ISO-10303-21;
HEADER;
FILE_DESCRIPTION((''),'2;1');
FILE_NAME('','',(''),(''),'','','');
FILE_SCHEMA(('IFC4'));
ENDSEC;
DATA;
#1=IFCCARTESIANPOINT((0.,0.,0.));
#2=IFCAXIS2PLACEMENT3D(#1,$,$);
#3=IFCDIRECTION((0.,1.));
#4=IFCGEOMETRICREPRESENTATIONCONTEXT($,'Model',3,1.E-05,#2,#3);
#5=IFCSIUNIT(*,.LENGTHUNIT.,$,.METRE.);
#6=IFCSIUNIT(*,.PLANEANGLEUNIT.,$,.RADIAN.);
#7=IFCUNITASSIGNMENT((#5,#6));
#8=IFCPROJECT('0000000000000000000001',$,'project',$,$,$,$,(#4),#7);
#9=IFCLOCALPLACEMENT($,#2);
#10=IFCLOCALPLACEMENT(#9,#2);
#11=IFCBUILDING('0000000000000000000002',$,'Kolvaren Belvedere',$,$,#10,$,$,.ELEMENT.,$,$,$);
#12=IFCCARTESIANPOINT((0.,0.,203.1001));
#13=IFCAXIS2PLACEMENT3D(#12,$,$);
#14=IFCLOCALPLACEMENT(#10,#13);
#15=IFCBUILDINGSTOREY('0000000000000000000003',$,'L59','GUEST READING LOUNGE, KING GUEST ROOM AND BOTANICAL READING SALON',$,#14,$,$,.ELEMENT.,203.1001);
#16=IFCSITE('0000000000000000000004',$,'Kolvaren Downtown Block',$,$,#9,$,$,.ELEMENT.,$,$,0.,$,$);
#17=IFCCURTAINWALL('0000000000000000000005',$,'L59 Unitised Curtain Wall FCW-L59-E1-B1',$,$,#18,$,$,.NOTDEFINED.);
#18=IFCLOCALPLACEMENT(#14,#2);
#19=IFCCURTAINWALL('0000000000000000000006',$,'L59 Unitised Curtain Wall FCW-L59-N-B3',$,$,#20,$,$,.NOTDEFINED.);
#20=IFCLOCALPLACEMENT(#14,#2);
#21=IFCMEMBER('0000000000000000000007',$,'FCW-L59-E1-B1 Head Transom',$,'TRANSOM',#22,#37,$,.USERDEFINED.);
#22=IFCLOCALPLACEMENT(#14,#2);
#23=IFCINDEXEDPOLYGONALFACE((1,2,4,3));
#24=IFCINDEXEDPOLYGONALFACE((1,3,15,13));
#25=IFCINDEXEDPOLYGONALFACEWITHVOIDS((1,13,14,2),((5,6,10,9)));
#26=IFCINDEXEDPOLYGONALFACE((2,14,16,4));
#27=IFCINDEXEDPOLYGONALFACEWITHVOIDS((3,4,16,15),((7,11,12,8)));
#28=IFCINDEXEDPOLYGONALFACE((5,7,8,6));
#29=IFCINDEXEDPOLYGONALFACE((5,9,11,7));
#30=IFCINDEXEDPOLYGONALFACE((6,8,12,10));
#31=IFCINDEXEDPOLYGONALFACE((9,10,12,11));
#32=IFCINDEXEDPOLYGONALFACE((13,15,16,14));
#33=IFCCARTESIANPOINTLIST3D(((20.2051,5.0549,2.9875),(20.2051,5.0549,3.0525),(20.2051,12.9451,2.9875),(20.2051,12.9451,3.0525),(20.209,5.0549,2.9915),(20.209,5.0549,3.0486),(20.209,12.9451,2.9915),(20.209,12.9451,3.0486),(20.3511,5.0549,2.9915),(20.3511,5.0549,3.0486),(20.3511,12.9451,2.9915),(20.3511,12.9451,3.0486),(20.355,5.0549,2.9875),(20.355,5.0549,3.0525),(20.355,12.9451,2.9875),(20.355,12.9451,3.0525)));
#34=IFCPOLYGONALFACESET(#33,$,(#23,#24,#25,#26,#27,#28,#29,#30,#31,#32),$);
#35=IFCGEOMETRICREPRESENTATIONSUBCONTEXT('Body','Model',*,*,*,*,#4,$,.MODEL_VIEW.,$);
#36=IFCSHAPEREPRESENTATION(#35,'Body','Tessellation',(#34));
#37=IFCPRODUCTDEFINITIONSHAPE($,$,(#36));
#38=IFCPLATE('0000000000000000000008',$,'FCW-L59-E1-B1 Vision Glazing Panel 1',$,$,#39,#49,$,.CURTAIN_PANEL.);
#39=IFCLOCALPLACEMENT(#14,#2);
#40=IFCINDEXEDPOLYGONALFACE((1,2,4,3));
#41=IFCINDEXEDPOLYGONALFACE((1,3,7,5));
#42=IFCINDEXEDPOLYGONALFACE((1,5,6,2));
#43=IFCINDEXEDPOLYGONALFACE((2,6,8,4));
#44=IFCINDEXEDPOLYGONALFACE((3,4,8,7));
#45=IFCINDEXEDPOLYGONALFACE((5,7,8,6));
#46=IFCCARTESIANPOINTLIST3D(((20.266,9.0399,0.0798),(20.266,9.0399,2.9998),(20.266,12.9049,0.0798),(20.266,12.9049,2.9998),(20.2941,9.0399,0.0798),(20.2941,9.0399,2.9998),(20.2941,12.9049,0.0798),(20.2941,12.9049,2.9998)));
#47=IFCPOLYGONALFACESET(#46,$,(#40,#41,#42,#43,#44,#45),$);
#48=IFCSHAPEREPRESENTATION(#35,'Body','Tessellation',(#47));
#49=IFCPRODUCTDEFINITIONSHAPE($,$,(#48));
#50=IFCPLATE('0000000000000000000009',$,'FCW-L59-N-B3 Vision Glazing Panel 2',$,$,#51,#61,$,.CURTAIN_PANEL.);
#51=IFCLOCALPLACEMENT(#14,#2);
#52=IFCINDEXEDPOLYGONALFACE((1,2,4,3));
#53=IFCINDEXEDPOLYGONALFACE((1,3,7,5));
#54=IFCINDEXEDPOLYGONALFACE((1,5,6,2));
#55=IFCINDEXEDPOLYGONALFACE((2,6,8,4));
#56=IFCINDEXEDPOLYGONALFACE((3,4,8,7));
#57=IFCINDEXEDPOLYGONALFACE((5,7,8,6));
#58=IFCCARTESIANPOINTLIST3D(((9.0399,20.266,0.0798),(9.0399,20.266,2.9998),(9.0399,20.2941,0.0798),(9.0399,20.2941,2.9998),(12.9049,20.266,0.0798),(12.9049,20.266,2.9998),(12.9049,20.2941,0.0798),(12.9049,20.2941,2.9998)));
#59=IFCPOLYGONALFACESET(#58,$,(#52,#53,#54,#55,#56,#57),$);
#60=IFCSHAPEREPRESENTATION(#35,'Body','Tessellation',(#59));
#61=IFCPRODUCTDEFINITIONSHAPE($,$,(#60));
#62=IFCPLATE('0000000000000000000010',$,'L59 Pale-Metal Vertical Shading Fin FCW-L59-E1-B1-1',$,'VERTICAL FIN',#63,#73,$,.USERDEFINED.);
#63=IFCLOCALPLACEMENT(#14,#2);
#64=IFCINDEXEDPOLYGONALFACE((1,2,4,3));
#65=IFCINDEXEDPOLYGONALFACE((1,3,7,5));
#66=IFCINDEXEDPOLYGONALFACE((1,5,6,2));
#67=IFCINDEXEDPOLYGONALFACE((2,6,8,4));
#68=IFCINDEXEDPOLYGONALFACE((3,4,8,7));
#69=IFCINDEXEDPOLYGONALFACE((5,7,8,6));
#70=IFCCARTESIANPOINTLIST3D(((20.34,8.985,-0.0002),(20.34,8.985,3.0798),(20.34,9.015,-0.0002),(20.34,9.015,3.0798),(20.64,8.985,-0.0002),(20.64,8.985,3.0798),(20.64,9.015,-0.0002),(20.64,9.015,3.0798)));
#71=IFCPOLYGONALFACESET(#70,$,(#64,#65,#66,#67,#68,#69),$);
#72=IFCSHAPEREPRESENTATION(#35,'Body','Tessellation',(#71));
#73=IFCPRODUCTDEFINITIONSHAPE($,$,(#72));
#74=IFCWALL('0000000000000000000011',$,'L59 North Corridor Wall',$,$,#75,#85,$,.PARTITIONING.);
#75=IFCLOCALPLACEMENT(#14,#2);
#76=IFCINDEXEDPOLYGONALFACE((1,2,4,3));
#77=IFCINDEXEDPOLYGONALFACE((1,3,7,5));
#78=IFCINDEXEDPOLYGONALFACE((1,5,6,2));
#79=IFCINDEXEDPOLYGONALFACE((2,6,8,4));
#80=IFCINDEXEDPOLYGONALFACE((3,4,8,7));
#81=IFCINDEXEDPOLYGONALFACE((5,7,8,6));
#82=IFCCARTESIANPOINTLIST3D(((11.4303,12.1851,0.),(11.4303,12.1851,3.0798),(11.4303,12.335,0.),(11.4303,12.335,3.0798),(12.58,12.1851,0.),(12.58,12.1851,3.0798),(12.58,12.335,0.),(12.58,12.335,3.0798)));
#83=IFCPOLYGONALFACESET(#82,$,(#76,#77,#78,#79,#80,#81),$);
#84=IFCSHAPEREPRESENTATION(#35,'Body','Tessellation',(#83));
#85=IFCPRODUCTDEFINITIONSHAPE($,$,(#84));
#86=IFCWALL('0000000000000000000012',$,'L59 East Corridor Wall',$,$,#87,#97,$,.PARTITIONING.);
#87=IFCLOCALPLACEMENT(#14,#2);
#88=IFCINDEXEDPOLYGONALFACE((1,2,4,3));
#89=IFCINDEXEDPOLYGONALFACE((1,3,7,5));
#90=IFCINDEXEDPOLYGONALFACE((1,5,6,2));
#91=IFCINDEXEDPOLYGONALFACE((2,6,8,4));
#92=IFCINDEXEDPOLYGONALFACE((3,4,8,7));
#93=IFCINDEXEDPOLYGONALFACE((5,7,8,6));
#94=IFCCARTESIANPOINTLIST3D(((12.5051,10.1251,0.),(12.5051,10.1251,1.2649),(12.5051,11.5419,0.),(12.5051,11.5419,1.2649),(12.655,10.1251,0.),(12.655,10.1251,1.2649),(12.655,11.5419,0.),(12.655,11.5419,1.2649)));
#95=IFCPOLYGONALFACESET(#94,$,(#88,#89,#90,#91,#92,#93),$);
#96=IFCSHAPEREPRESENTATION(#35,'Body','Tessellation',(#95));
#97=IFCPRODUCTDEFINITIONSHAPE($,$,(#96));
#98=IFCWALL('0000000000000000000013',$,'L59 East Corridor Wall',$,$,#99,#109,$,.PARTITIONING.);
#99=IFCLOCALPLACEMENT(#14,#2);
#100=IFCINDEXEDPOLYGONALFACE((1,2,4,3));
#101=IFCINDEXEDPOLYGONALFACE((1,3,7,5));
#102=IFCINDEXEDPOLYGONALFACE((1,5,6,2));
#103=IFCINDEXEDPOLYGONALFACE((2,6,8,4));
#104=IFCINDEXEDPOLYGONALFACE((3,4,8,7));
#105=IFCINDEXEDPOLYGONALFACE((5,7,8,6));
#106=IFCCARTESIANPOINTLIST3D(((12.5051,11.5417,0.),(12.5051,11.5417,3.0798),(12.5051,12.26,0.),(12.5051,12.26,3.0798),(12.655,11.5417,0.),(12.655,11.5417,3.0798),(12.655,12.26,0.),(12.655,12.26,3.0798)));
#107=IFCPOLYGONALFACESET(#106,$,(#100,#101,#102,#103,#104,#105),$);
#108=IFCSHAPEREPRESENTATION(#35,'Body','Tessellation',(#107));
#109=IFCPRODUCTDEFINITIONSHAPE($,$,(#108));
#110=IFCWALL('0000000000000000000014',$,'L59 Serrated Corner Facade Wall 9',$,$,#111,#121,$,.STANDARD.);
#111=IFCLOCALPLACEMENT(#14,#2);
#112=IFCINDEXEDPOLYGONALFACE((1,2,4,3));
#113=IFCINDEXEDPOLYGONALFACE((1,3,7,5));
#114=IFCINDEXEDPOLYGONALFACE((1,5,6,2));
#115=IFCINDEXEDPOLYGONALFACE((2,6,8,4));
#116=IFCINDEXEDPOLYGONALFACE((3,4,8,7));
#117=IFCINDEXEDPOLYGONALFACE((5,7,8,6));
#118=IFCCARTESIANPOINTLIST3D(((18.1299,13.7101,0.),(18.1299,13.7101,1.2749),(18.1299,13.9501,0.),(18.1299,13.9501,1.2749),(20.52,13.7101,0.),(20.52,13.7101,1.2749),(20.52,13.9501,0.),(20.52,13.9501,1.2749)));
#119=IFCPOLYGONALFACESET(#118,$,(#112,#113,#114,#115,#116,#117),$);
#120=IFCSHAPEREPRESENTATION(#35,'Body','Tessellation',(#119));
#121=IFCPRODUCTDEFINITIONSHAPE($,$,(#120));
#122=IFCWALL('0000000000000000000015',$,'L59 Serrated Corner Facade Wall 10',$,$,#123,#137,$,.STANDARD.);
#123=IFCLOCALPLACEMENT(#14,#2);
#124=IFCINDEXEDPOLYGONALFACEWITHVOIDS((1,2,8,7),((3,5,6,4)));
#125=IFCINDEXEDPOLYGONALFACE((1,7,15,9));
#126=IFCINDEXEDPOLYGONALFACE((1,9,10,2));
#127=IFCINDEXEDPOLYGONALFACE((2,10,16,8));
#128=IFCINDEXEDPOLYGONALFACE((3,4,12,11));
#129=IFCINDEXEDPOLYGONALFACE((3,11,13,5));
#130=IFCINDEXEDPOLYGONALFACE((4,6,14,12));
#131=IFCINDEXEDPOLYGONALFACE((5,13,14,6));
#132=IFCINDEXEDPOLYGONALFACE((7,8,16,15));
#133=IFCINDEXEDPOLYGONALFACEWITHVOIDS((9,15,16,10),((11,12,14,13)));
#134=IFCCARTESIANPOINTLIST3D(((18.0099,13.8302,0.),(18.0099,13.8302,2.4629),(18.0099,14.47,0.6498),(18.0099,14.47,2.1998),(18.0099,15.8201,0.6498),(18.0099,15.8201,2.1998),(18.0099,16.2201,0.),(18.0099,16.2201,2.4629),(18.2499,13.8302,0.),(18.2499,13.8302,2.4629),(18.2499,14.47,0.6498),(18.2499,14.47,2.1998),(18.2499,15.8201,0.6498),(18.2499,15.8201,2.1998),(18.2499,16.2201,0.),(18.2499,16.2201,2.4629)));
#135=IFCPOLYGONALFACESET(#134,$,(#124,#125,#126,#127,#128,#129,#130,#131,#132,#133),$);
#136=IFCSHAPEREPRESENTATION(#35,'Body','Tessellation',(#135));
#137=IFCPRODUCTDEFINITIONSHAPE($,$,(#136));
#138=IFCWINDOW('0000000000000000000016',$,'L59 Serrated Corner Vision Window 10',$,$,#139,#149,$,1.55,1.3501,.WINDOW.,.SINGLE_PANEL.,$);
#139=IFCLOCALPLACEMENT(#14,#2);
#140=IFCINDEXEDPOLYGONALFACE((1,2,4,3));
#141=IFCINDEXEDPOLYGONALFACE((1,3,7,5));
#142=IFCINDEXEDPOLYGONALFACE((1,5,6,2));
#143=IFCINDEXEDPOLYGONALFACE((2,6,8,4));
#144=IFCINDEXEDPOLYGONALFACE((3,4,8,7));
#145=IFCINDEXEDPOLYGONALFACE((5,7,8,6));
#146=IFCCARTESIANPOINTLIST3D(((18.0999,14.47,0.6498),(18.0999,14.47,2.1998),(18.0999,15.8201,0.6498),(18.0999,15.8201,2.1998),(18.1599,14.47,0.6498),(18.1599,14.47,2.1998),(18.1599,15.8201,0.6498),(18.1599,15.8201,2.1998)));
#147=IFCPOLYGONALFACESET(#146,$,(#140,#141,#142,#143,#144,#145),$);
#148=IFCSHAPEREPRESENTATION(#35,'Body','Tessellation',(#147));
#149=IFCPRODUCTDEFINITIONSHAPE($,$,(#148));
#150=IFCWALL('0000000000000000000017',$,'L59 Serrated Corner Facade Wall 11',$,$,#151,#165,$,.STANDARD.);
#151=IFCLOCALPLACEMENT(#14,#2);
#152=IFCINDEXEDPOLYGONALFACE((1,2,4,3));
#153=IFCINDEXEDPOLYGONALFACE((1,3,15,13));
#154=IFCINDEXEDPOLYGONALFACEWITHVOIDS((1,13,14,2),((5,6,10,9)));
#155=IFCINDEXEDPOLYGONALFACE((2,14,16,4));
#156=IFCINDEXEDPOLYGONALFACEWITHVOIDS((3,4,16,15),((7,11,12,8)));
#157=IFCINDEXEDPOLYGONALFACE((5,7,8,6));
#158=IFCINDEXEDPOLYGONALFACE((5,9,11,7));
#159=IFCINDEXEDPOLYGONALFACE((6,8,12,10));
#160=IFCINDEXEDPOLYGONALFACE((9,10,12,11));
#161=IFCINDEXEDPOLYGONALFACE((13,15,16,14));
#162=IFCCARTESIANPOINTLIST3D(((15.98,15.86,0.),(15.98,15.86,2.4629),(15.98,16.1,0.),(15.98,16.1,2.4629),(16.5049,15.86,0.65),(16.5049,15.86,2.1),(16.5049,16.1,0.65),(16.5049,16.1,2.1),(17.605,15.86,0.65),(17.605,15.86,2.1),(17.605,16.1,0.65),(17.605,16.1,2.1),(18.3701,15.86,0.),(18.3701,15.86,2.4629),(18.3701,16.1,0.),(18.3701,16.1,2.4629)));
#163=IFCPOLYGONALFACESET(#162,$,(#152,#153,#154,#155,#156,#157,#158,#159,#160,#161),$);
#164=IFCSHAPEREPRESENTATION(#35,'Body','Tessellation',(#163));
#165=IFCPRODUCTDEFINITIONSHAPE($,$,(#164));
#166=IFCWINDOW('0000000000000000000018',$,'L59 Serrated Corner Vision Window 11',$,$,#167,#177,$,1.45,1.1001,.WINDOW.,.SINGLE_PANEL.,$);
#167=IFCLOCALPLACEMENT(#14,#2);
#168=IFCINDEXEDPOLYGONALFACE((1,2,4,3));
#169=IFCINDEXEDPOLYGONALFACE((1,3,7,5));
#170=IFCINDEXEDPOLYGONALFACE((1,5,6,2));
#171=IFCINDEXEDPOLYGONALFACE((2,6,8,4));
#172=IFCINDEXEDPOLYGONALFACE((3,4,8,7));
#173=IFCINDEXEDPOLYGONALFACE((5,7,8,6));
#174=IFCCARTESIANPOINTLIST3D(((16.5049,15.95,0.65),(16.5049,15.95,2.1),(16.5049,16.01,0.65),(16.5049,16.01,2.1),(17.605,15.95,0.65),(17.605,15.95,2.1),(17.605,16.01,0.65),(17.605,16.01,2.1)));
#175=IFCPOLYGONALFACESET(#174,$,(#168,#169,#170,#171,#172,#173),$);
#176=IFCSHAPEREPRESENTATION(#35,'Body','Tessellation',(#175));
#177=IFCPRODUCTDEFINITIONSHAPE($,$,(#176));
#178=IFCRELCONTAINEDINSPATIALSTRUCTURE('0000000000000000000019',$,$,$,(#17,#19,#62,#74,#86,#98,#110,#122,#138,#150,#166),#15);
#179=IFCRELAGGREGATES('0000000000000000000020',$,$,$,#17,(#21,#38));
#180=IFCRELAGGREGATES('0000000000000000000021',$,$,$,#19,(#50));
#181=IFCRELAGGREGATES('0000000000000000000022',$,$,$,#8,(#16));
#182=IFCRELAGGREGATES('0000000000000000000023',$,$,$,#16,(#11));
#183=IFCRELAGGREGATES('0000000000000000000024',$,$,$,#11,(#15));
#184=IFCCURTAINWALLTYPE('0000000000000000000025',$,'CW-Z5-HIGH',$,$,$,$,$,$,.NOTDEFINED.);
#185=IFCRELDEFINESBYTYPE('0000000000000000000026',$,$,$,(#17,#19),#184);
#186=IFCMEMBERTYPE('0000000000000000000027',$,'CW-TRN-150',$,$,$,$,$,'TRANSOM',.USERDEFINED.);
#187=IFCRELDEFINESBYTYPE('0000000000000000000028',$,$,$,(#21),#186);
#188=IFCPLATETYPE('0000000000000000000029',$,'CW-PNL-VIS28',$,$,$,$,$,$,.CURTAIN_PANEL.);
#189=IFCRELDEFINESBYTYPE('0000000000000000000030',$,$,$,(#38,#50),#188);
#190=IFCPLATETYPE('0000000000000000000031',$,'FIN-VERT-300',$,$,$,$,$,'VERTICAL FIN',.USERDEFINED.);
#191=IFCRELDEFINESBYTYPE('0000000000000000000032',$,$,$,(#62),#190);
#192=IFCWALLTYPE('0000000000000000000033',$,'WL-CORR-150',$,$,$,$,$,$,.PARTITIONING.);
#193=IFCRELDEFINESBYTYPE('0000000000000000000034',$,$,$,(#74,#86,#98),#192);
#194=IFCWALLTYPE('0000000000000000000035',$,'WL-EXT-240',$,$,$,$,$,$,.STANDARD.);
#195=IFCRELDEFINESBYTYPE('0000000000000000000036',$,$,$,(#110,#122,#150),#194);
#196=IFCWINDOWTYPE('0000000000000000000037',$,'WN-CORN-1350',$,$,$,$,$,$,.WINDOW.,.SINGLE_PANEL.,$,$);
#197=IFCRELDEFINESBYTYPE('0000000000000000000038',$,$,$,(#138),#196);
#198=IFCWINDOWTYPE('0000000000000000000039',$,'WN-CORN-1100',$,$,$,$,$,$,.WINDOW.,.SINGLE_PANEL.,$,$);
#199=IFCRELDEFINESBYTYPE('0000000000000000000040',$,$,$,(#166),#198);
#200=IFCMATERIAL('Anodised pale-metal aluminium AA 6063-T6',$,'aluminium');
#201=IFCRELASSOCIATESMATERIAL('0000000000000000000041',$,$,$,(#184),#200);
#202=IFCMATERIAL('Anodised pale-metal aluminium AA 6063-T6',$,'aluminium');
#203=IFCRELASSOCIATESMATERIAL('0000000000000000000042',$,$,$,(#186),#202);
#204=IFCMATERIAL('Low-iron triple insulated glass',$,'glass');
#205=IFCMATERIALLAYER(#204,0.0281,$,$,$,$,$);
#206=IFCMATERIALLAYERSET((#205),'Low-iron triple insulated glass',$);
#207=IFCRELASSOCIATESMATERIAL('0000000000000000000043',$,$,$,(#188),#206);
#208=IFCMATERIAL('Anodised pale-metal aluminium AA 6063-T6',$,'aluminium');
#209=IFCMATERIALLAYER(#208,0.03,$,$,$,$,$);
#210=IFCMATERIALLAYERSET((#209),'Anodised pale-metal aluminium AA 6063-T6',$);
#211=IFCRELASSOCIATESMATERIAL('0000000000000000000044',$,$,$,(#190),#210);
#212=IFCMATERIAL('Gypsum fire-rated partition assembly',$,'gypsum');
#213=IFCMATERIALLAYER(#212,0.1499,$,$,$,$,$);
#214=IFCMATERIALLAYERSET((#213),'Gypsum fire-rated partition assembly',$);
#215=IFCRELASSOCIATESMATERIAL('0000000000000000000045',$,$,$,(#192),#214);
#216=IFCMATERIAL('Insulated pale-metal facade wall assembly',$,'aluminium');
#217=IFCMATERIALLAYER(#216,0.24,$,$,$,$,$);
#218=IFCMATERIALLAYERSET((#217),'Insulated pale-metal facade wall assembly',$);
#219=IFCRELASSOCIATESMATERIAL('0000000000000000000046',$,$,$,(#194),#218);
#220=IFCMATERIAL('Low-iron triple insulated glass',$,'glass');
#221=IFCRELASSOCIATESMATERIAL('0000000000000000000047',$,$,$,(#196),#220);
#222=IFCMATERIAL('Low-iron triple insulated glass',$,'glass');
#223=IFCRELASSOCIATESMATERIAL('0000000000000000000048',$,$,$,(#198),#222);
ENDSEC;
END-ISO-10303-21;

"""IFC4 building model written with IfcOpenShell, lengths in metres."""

from ifc_helpers import new_model, si_unit, direction, frame, frame_2d, origin, origin_2d, place, context, subcontext, project, spatial, rectangle, hollow_rectangle, extrude, material, layer, layer_set, material_profile, profile_set, type_object, element, fill, aggregate, save


model = new_model("IFC4")

# Units and contexts
model_context = context("Model", 3, precision=1e-05, world=origin(), true_north=direction((0.0, 1.0)))
body_context = subcontext(model_context, "Body", "Model", "MODEL_VIEW")
ifc_project = project(units=[si_unit("LENGTHUNIT", "METRE"), si_unit("PLANEANGLEUNIT", "RADIAN")], contexts=[model_context])

# Site, building, storey
site_placement = place(None, origin())
site = spatial("IfcSite", under=ifc_project, at=site_placement, Name="Kolvaren Downtown Block", CompositionType="ELEMENT", RefElevation=0.0)
building_placement = place(site_placement, origin())
building = spatial("IfcBuilding", under=site, at=building_placement, Name="Kolvaren Belvedere", CompositionType="ELEMENT")
storey_placement = place(building_placement, frame((0.0, 0.0, 203.1001)))
storey = spatial("IfcBuildingStorey", under=building, at=storey_placement, Name="L59", Description="GUEST READING LOUNGE, KING GUEST ROOM AND BOTANICAL READING SALON", CompositionType="ELEMENT", Elevation=203.1001)

# Curtain wall
ifc_material_1 = material(Name="Anodised pale-metal aluminium AA 6063-T6", Category="aluminium")
curtain_wall_type = type_object("IfcCurtainWallType", Name="CW-Z5-HIGH", PredefinedType="NOTDEFINED", material=ifc_material_1)
curtain_wall_1_placement = place(storey_placement, origin())
curtain_wall_1 = element("IfcCurtainWall", 1, at=curtain_wall_1_placement, inside=storey, type_object=curtain_wall_type, Name="L59 Unitised Curtain Wall FCW-L59-E1-B1", PredefinedType="NOTDEFINED")

# Curtain wall
curtain_wall_2_placement = place(storey_placement, origin())
curtain_wall_2 = element("IfcCurtainWall", 2, at=curtain_wall_2_placement, inside=storey, type_object=curtain_wall_type, Name="L59 Unitised Curtain Wall FCW-L59-N-B3", PredefinedType="NOTDEFINED")

# Member
ifc_material_2 = material(Name="Anodised pale-metal aluminium AA 6063-T6", Category="aluminium")
ifc_material_profile_1 = material_profile(ifc_material_2, hollow_rectangle(XDim=0.0649, YDim=0.1499, WallThickness=0.0039, at=origin_2d()), Name="ALU-TRN-150X65")
ifc_profile_set_1 = profile_set([ifc_material_profile_1], Name="Anodised pale-metal aluminium AA 6063-T6")
member_type_1 = type_object("IfcMemberType", Name="CW-TRN-150", ElementType="TRANSOM", PredefinedType="USERDEFINED", material=ifc_profile_set_1)
member_1_placement = place(storey_placement, frame((20.28, 12.9451, 3.02), z_axis=(0.0, -1.0, 0.0), x_axis=(0.0, 0.0, 1.0)))
member_1 = element("IfcMember", 3, at=member_1_placement, type_object=member_type_1, Name="FCW-L59-E1-B1 Head Transom", ObjectType="TRANSOM", PredefinedType="USERDEFINED", context=body_context, shape_type="SweptSolid", body=[
    extrude(hollow_rectangle(XDim=0.0649, YDim=0.1499, WallThickness=0.0039, at=origin_2d()), origin(), (0.0, 0.0, 1.0), 7.8901),
])

# Plates
ifc_material_3 = material(Name="Low-iron triple insulated glass", Category="glass")
ifc_layer_1 = layer(ifc_material_3, 0.0281)
ifc_layer_set_1 = layer_set([ifc_layer_1], Name="Low-iron triple insulated glass")
plate_type_1 = type_object("IfcPlateType", Name="CW-PNL-VIS28", PredefinedType="CURTAIN_PANEL", material=ifc_layer_set_1)
plate_1_placement = place(storey_placement, frame((20.28, 10.9724, 0.0798), z_axis=(0.0, 0.0, 1.0), x_axis=(0.0, -1.0, 0.0)))
plate_1 = element("IfcPlate", 4, at=plate_1_placement, type_object=plate_type_1, Name="FCW-L59-E1-B1 Vision Glazing Panel 1", PredefinedType="CURTAIN_PANEL", context=body_context, shape_type="SweptSolid", body=[
    extrude(rectangle(XDim=3.865, YDim=0.0281, at=origin_2d()), origin(), (0.0, 0.0, 1.0), 2.9199),
])
aggregate(curtain_wall_1, [member_1, plate_1])
plate_2_placement = place(storey_placement, frame((10.9724, 20.28, 0.0798), z_axis=(0.0, 0.0, 1.0), x_axis=(1.0, 0.0, 0.0)))
plate_2 = element("IfcPlate", 5, at=plate_2_placement, type_object=plate_type_1, Name="FCW-L59-N-B3 Vision Glazing Panel 2", PredefinedType="CURTAIN_PANEL", context=body_context, shape_type="SweptSolid", body=[
    extrude(rectangle(XDim=3.865, YDim=0.0281, at=origin_2d()), origin(), (0.0, 0.0, 1.0), 2.9199),
])
aggregate(curtain_wall_2, [plate_2])
ifc_material_4 = material(Name="Anodised pale-metal aluminium AA 6063-T6", Category="aluminium")
ifc_layer_2 = layer(ifc_material_4, 0.03)
ifc_layer_set_2 = layer_set([ifc_layer_2], Name="Anodised pale-metal aluminium AA 6063-T6")
plate_type_2 = type_object("IfcPlateType", Name="FIN-VERT-300", ElementType="VERTICAL FIN", PredefinedType="USERDEFINED", material=ifc_layer_set_2)
plate_3_placement = place(storey_placement, frame((20.49, 9.0, -0.0002), z_axis=(0.0, 0.0, 1.0), x_axis=(1.0, 0.0, 0.0)))
element("IfcPlate", 6, at=plate_3_placement, inside=storey, type_object=plate_type_2, Name="L59 Pale-Metal Vertical Shading Fin FCW-L59-E1-B1-1", ObjectType="VERTICAL FIN", PredefinedType="USERDEFINED", context=body_context, shape_type="SweptSolid", body=[
    extrude(rectangle(XDim=0.3, YDim=0.03, at=origin_2d()), origin(), (0.0, 0.0, 1.0), 3.0801),
])

# Walls
ifc_material_5 = material(Name="Gypsum fire-rated partition assembly", Category="gypsum")
ifc_layer_3 = layer(ifc_material_5, 0.1499)
ifc_layer_set_3 = layer_set([ifc_layer_3], Name="Gypsum fire-rated partition assembly")
wall_type_1 = type_object("IfcWallType", Name="WL-CORR-150", PredefinedType="PARTITIONING", material=ifc_layer_set_3)
wall_1_placement = place(storey_placement, frame((11.4304, 12.26, 0.0), z_axis=(0.0, 0.0, 1.0), x_axis=(1.0, 0.0, 0.0)))
element("IfcWall", 7, at=wall_1_placement, inside=storey, type_object=wall_type_1, Name="L59 North Corridor Wall", PredefinedType="PARTITIONING", context=body_context, shape_type="SweptSolid", body=[
    extrude(rectangle(XDim=1.1497, YDim=0.1499, at=frame_2d((0.5747, 0.0))), origin(), (0.0, 0.0, 1.0), 3.0798),
])
wall_2_placement = place(storey_placement, frame((12.5801, 10.125, 0.0), z_axis=(0.0, 0.0, 1.0), x_axis=(0.0, 1.0, 0.0)))
element("IfcWall", 8, at=wall_2_placement, inside=storey, type_object=wall_type_1, Name="L59 East Corridor Wall", PredefinedType="PARTITIONING", context=body_context, shape_type="SweptSolid", body=[
    extrude(rectangle(XDim=1.4167, YDim=0.1499, at=frame_2d((0.7085, 0.0))), origin(), (0.0, 0.0, 1.0), 1.2649),
])
wall_3_placement = place(storey_placement, frame((12.5801, 11.5417, 0.0), z_axis=(0.0, 0.0, 1.0), x_axis=(0.0, 1.0, 0.0)))
element("IfcWall", 9, at=wall_3_placement, inside=storey, type_object=wall_type_1, Name="L59 East Corridor Wall", PredefinedType="PARTITIONING", context=body_context, shape_type="SweptSolid", body=[
    extrude(rectangle(XDim=0.7183, YDim=0.1499, at=frame_2d((0.3591, 0.0))), origin(), (0.0, 0.0, 1.0), 3.0798),
])
ifc_material_6 = material(Name="Insulated pale-metal facade wall assembly", Category="aluminium")
ifc_layer_4 = layer(ifc_material_6, 0.24)
ifc_layer_set_4 = layer_set([ifc_layer_4], Name="Insulated pale-metal facade wall assembly")
wall_type_2 = type_object("IfcWallType", Name="WL-EXT-240", PredefinedType="STANDARD", material=ifc_layer_set_4)
wall_4_placement = place(storey_placement, frame((18.1299, 13.8301, 0.0), z_axis=(0.0, 0.0, 1.0), x_axis=(1.0, 0.0, 0.0)))
element("IfcWall", 10, at=wall_4_placement, inside=storey, type_object=wall_type_2, Name="L59 Serrated Corner Facade Wall 9", PredefinedType="STANDARD", context=body_context, shape_type="SweptSolid", body=[
    extrude(rectangle(XDim=2.3901, YDim=0.24, at=frame_2d((1.1951, 0.0))), origin(), (0.0, 0.0, 1.0), 1.2749),
])

# Walls, openings, windows
wall_5_placement = place(storey_placement, frame((18.1299, 16.22, 0.0), z_axis=(0.0, 0.0, 1.0), x_axis=(0.0, -1.0, 0.0)))
wall_5 = element("IfcWall", 11, at=wall_5_placement, inside=storey, type_object=wall_type_2, Name="L59 Serrated Corner Facade Wall 10", PredefinedType="STANDARD", context=body_context, shape_type="SweptSolid", body=[
    extrude(rectangle(XDim=2.3899, YDim=0.24, at=frame_2d((1.1948, 0.0))), origin(), (0.0, 0.0, 1.0), 2.4629),
])
opening_1_placement = place(wall_5_placement, frame((0.3999, 0.0, 0.6499)))
opening_1 = element("IfcOpeningElement", 12, at=opening_1_placement, cuts=wall_5, PredefinedType="OPENING", context=body_context, shape_type="SweptSolid", body=[
    extrude(rectangle(XDim=1.3501, YDim=1.55, at=frame_2d((0.675, 0.7749))), frame((0.0, 0.1299, 0.0), z_axis=(0.0, -1.0, 0.0), x_axis=(1.0, 0.0, 0.0)), (0.0, 0.0, 1.0), 0.26),
])
ifc_material_7 = material(Name="Low-iron triple insulated glass", Category="glass")
window_type_1 = type_object("IfcWindowType", Name="WN-CORN-1350", PartitioningType="SINGLE_PANEL", PredefinedType="WINDOW", material=ifc_material_7)
window_1_placement = place(opening_1_placement, origin())
window_1 = element("IfcWindow", 13, at=window_1_placement, inside=storey, type_object=window_type_1, Name="L59 Serrated Corner Vision Window 10", OverallHeight=1.55, OverallWidth=1.3501, PartitioningType="SINGLE_PANEL", PredefinedType="WINDOW", context=body_context, shape_type="SweptSolid", body=[
    extrude(rectangle(XDim=1.3501, YDim=1.55, at=frame_2d((0.675, 0.7749))), frame((0.0, 0.03, 0.0), z_axis=(0.0, -1.0, 0.0), x_axis=(1.0, 0.0, 0.0)), (0.0, 0.0, 1.0), 0.0601),
])
fill(opening_1, window_1)
wall_6_placement = place(storey_placement, frame((15.98, 15.98, 0.0), z_axis=(0.0, 0.0, 1.0), x_axis=(1.0, 0.0, 0.0)))
wall_6 = element("IfcWall", 14, at=wall_6_placement, inside=storey, type_object=wall_type_2, Name="L59 Serrated Corner Facade Wall 11", PredefinedType="STANDARD", context=body_context, shape_type="SweptSolid", body=[
    extrude(rectangle(XDim=2.3901, YDim=0.24, at=frame_2d((1.1951, 0.0))), origin(), (0.0, 0.0, 1.0), 2.4629),
])
opening_2_placement = place(wall_6_placement, frame((0.5249, 0.0, 0.6499)))
opening_2 = element("IfcOpeningElement", 15, at=opening_2_placement, cuts=wall_6, PredefinedType="OPENING", context=body_context, shape_type="SweptSolid", body=[
    extrude(rectangle(XDim=1.1001, YDim=1.45, at=frame_2d((0.55, 0.7251))), frame((0.0, 0.1299, 0.0), z_axis=(0.0, -1.0, 0.0), x_axis=(1.0, 0.0, 0.0)), (0.0, 0.0, 1.0), 0.26),
])
ifc_material_8 = material(Name="Low-iron triple insulated glass", Category="glass")
window_type_2 = type_object("IfcWindowType", Name="WN-CORN-1100", PartitioningType="SINGLE_PANEL", PredefinedType="WINDOW", material=ifc_material_8)
window_2_placement = place(opening_2_placement, origin())
window_2 = element("IfcWindow", 16, at=window_2_placement, inside=storey, type_object=window_type_2, Name="L59 Serrated Corner Vision Window 11", OverallHeight=1.45, OverallWidth=1.1001, PartitioningType="SINGLE_PANEL", PredefinedType="WINDOW", context=body_context, shape_type="SweptSolid", body=[
    extrude(rectangle(XDim=1.1001, YDim=1.45, at=frame_2d((0.55, 0.7251))), frame((0.0, 0.03, 0.0), z_axis=(0.0, -1.0, 0.0), x_axis=(1.0, 0.0, 0.0)), (0.0, 0.0, 1.0), 0.0601),
])
fill(opening_2, window_2)

save(model, "model.ifc")
